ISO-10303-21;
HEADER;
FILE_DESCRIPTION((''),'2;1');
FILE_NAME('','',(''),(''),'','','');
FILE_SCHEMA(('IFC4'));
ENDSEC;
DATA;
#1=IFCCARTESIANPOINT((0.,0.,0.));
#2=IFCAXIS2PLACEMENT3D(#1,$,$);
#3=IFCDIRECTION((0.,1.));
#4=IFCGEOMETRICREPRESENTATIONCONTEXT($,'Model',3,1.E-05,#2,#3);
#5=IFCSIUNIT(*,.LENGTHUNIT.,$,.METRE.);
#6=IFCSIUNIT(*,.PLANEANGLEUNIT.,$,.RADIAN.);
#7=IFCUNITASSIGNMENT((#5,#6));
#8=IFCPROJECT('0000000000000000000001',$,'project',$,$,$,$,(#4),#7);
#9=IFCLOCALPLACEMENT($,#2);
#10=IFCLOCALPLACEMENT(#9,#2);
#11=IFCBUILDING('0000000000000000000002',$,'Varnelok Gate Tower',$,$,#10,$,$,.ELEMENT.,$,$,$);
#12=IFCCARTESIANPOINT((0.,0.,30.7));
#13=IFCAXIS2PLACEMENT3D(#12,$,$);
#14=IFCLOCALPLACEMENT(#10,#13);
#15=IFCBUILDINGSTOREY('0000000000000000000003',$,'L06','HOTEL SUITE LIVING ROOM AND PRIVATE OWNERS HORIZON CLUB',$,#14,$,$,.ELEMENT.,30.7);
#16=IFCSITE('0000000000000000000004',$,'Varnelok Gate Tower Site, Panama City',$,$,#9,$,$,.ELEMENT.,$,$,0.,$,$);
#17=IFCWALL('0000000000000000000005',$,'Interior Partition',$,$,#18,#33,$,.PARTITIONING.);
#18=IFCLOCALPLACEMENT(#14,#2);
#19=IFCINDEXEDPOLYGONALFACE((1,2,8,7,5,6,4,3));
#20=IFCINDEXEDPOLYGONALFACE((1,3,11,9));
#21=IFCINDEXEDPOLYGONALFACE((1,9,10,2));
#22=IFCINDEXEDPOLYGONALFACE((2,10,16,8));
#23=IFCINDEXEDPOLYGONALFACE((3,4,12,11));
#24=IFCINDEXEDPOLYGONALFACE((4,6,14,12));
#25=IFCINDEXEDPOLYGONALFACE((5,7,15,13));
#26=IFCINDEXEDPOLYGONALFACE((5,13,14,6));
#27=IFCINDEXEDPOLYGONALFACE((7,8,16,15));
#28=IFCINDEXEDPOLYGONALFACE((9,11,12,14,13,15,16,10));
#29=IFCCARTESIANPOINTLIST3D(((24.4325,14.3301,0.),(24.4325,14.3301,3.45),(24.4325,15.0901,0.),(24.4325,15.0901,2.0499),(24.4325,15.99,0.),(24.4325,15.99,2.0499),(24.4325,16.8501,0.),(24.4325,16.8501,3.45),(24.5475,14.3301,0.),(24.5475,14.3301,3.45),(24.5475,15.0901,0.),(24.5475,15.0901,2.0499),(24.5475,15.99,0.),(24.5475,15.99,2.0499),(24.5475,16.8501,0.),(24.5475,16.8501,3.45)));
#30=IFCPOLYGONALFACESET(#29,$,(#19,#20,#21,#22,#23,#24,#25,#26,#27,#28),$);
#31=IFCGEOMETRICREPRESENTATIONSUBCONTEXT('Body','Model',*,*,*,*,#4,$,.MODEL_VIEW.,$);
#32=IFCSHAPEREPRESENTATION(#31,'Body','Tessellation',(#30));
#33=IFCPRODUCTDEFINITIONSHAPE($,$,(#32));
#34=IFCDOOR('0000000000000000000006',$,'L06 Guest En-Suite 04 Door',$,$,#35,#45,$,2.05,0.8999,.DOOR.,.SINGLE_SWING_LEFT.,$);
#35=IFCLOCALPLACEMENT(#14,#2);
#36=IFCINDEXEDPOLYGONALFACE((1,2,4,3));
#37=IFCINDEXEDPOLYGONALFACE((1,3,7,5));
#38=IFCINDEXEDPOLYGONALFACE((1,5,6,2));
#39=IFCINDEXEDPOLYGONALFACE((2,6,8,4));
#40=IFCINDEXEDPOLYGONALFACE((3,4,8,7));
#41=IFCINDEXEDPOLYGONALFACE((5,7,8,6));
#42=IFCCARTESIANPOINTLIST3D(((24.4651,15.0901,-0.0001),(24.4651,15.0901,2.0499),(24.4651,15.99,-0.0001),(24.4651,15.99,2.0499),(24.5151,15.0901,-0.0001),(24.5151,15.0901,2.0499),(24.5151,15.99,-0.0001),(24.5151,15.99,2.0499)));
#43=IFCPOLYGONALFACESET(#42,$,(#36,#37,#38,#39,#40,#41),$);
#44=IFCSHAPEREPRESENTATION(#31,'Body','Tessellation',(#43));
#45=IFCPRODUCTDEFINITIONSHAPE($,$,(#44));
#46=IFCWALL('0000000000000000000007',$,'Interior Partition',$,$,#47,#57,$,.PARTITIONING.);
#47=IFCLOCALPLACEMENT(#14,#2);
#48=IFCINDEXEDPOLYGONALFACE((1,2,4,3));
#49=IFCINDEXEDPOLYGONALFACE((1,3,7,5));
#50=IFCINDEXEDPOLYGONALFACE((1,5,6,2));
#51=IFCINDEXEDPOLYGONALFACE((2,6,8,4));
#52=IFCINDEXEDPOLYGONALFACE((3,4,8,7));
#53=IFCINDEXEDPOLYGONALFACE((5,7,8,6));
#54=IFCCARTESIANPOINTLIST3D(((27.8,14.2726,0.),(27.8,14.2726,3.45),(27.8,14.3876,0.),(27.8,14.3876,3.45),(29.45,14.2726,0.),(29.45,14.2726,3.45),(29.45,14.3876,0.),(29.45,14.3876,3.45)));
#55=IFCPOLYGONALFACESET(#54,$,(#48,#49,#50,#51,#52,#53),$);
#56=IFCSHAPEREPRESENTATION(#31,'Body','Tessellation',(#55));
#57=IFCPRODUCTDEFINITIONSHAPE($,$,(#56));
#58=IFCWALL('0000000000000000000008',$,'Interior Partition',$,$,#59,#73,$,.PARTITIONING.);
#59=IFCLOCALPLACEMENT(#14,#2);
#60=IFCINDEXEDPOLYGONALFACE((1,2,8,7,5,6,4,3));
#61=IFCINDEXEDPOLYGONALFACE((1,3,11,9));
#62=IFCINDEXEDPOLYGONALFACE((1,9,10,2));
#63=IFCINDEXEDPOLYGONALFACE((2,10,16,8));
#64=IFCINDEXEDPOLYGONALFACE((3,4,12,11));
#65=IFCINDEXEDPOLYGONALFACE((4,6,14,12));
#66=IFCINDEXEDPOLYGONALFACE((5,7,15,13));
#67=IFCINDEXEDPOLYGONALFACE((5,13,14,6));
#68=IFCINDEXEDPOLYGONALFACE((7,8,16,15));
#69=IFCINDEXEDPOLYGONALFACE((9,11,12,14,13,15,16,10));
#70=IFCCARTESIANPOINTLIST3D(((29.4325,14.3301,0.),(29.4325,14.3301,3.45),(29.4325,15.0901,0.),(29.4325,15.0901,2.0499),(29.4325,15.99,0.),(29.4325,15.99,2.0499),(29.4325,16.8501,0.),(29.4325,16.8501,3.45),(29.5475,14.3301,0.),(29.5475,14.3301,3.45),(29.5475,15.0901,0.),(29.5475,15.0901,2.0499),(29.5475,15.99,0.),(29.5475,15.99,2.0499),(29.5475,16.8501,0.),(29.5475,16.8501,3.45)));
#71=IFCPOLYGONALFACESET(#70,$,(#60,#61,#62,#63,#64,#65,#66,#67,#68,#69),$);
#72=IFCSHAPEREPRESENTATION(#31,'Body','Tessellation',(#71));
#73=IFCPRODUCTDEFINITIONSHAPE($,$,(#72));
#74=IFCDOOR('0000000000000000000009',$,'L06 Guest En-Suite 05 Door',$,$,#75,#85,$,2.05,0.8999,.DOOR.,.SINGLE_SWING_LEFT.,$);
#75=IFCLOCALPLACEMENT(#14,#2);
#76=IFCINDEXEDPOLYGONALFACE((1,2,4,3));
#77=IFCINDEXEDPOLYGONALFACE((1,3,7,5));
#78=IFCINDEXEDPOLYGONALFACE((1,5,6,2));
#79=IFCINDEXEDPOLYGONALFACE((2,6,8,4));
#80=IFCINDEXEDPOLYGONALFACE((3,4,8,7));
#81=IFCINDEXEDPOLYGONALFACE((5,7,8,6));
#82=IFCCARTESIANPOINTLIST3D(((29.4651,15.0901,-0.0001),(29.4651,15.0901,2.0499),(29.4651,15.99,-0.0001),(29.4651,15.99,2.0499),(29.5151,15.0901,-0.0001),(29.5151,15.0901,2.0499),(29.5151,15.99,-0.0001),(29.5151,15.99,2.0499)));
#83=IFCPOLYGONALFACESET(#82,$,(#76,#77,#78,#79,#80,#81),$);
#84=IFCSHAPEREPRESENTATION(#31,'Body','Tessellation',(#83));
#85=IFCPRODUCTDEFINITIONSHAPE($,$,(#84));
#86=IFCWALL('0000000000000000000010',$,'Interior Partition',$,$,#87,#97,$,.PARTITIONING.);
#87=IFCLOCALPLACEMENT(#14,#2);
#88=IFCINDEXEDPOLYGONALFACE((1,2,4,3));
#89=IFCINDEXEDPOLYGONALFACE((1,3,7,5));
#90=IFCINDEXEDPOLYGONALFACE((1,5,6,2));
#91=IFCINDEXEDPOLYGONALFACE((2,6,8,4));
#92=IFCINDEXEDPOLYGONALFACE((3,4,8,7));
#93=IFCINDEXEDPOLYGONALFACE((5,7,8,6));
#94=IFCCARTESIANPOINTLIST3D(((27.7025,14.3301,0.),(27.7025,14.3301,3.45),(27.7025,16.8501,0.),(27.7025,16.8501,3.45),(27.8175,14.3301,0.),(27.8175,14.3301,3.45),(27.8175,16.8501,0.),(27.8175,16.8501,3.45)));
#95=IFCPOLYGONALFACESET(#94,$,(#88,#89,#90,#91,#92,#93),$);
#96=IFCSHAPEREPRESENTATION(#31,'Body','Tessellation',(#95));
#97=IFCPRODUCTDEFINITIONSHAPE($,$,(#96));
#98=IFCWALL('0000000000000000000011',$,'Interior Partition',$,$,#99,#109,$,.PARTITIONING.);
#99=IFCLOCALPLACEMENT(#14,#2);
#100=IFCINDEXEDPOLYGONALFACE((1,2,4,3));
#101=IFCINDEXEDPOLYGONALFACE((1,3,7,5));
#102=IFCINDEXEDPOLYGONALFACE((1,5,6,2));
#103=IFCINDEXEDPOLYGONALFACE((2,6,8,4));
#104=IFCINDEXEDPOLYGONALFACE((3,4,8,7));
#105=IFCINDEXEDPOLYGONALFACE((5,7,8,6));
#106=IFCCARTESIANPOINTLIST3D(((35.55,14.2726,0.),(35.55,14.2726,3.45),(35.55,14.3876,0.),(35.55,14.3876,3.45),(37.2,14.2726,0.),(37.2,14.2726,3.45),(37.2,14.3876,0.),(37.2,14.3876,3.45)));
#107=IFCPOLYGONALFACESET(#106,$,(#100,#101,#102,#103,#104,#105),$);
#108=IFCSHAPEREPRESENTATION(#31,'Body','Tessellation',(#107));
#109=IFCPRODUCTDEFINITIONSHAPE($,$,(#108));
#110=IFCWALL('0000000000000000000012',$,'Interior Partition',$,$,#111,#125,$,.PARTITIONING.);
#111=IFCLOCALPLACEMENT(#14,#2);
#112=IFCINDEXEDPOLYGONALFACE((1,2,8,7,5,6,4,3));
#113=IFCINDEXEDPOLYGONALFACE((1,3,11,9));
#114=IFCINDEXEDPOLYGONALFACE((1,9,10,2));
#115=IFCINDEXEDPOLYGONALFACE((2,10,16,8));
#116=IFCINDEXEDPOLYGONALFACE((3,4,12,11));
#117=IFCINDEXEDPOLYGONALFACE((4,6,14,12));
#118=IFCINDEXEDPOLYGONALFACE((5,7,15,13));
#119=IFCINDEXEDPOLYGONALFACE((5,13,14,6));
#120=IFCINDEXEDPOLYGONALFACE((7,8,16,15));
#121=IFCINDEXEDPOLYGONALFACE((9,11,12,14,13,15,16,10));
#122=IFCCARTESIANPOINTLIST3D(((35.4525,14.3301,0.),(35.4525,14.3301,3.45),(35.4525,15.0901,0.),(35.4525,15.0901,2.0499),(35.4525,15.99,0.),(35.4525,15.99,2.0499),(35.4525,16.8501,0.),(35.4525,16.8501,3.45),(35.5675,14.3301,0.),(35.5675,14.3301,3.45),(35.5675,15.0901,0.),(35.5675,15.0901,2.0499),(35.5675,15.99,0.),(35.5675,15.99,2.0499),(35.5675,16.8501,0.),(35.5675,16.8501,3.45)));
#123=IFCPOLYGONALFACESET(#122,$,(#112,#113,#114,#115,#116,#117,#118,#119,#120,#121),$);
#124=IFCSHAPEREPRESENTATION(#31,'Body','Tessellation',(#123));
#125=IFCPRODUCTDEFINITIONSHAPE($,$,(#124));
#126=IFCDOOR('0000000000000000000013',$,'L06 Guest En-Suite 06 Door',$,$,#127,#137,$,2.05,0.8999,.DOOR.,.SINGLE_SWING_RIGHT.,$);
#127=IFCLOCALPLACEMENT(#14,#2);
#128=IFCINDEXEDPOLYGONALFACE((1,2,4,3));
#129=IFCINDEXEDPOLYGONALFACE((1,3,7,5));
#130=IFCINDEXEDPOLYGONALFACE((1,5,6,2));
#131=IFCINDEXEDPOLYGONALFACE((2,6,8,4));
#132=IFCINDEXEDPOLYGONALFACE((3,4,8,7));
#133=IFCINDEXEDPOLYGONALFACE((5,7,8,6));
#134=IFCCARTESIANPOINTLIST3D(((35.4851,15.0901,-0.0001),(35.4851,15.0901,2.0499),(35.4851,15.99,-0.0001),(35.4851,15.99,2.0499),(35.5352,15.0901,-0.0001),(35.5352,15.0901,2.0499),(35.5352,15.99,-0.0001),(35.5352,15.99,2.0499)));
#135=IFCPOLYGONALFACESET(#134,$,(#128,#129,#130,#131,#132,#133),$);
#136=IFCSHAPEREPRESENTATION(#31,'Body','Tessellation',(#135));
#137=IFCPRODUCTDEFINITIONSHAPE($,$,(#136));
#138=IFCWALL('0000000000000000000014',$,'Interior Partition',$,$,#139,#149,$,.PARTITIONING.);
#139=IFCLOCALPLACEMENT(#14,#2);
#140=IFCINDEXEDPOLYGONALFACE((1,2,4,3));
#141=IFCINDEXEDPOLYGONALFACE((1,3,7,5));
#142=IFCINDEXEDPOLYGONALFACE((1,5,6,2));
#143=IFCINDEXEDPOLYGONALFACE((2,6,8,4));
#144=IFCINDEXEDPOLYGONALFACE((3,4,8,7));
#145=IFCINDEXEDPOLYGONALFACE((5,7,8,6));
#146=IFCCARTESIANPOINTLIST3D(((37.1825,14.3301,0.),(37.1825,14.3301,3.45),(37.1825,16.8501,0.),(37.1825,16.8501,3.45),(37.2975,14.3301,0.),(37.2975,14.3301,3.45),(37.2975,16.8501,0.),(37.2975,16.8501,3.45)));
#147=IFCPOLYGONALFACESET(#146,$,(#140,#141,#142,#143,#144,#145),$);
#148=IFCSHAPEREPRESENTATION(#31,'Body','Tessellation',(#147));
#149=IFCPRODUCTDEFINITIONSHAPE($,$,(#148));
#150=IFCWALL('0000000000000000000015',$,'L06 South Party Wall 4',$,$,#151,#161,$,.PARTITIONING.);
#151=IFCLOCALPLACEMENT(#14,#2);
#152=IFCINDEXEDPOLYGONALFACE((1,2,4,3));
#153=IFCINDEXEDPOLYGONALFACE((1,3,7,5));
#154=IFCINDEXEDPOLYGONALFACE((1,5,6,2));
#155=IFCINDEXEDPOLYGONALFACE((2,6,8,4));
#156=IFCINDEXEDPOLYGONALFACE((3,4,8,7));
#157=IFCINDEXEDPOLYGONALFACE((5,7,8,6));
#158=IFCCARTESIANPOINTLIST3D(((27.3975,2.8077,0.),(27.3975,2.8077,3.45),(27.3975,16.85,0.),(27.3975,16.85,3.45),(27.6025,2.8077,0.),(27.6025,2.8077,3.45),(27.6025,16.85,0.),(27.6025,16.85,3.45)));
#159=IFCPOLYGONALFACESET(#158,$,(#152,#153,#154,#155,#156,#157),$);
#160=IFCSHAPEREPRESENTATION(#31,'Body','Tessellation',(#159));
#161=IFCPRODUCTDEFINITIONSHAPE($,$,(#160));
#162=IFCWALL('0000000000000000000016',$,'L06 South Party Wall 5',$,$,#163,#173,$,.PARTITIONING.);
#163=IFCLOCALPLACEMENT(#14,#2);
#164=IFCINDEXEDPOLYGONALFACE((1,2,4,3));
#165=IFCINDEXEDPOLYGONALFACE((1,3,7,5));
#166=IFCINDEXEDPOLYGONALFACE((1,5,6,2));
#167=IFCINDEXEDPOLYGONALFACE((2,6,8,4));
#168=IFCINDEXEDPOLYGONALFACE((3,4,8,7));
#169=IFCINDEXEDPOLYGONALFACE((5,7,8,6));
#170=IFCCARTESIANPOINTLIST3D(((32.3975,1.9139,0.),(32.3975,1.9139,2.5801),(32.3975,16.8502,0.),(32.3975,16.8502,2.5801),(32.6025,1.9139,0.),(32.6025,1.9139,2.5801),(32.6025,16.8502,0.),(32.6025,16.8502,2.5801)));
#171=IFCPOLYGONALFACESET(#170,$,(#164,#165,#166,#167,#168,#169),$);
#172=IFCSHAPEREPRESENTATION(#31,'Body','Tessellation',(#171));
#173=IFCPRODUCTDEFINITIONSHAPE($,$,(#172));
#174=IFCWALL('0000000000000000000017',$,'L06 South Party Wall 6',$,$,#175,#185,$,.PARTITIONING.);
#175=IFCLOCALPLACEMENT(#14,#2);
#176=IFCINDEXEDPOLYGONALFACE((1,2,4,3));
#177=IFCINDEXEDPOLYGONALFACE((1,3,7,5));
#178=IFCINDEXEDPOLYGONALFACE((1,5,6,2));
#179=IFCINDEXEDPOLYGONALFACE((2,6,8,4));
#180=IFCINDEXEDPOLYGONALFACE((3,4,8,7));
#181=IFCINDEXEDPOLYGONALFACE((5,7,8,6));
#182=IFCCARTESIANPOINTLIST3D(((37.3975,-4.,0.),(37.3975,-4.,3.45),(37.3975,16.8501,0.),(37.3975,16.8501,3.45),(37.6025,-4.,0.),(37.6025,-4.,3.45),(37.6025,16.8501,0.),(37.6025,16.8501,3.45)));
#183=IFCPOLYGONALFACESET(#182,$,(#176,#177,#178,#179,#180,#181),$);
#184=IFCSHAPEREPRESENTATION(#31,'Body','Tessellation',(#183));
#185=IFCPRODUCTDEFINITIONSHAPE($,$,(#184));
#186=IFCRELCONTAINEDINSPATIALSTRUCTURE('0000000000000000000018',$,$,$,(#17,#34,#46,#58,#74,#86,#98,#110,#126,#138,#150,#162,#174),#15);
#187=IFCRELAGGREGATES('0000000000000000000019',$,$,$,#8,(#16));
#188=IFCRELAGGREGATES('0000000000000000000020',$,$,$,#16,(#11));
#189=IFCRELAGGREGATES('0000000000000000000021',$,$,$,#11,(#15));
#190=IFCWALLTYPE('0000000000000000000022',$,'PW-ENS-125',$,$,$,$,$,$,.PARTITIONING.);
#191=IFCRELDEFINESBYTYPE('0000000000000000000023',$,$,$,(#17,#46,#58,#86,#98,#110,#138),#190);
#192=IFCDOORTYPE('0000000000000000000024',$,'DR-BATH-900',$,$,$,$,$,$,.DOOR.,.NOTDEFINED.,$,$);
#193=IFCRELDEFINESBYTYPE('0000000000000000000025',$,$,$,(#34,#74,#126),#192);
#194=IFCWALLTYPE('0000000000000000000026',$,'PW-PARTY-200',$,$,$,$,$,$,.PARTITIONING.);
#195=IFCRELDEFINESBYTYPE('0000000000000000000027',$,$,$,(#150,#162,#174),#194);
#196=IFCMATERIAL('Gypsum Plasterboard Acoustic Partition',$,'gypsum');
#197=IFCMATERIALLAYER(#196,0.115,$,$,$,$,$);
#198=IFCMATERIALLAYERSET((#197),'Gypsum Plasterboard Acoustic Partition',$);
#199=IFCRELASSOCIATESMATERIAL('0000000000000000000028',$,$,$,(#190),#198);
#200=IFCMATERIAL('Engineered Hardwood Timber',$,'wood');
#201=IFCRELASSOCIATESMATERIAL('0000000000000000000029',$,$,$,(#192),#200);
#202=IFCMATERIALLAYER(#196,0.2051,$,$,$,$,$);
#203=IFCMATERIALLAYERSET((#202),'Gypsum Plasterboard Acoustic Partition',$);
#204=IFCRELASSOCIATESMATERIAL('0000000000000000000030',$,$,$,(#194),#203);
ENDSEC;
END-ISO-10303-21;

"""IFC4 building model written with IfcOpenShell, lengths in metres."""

from ifc_helpers import new_model, si_unit, direction, frame, frame_2d, origin, place, context, subcontext, project, spatial, rectangle, extrude, material, layer, layer_set, type_object, element, fill, save


model = new_model("IFC4")

# Units and contexts
model_context = context("Model", 3, precision=1e-05, world=origin(), true_north=direction((0.0, 1.0)))
body_context = subcontext(model_context, "Body", "Model", "MODEL_VIEW")
ifc_project = project(units=[si_unit("LENGTHUNIT", "METRE"), si_unit("PLANEANGLEUNIT", "RADIAN")], contexts=[model_context])

# Site, building, storey
site_placement = place(None, origin())
site = spatial("IfcSite", under=ifc_project, at=site_placement, Name="Varnelok Gate Tower Site, Panama City", CompositionType="ELEMENT", RefElevation=0.0)
building_placement = place(site_placement, origin())
building = spatial("IfcBuilding", under=site, at=building_placement, Name="Varnelok Gate Tower", CompositionType="ELEMENT")
storey_placement = place(building_placement, frame((0.0, 0.0, 30.7)))
storey = spatial("IfcBuildingStorey", under=building, at=storey_placement, Name="L06", Description="HOTEL SUITE LIVING ROOM AND PRIVATE OWNERS HORIZON CLUB", CompositionType="ELEMENT", Elevation=30.7)

# Wall, opening, door
ifc_material_1 = material(Name="Gypsum Plasterboard Acoustic Partition", Category="gypsum")
ifc_material_2 = material(Name="Engineered Hardwood Timber", Category="wood")
ifc_layer_1 = layer(ifc_material_1, 0.115)
ifc_layer_set_1 = layer_set([ifc_layer_1], Name="Gypsum Plasterboard Acoustic Partition")
wall_type_1 = type_object("IfcWallType", Name="PW-ENS-125", PredefinedType="PARTITIONING", material=ifc_layer_set_1)
wall_1_placement = place(storey_placement, frame((24.49, 14.3301, 0.0), z_axis=(0.0, 0.0, 1.0), x_axis=(0.0, 1.0, 0.0)))
wall_1 = element("IfcWall", 1, at=wall_1_placement, inside=storey, type_object=wall_type_1, Name="Interior Partition", PredefinedType="PARTITIONING", context=body_context, shape_type="SweptSolid", body=[
    extrude(rectangle(XDim=2.52, YDim=0.115, at=frame_2d((1.26, 0.0))), origin(), (0.0, 0.0, 1.0), 3.45),
])
opening_1_placement = place(wall_1_placement, frame((0.76, 0.0, 0.0)))
opening_1 = element("IfcOpeningElement", 2, at=opening_1_placement, cuts=wall_1, PredefinedType="OPENING", context=body_context, shape_type="SweptSolid", body=[
    extrude(rectangle(XDim=0.8999, YDim=2.05, at=frame_2d((0.45, 1.0249))), frame((0.0, 0.0674, 0.0), z_axis=(0.0, -1.0, 0.0), x_axis=(1.0, 0.0, 0.0)), (0.0, 0.0, 1.0), 0.135),
])
door_type_1 = type_object("IfcDoorType", Name="DR-BATH-900", OperationType="NOTDEFINED", PredefinedType="DOOR", material=ifc_material_2)
door_1_placement = place(opening_1_placement, origin())
door_1 = element("IfcDoor", 3, at=door_1_placement, inside=storey, type_object=door_type_1, Name="L06 Guest En-Suite 04 Door", OperationType="SINGLE_SWING_LEFT", OverallHeight=2.05, OverallWidth=0.8999, PredefinedType="DOOR", context=body_context, shape_type="SweptSolid", body=[
    extrude(rectangle(XDim=0.8999, YDim=2.05, at=frame_2d((0.45, 1.0249))), frame((0.0, 0.0249, 0.0), z_axis=(0.0, -1.0, 0.0), x_axis=(1.0, 0.0, 0.0)), (0.0, 0.0, 1.0), 0.05),
])
fill(opening_1, door_1)

# Wall
wall_2_placement = place(storey_placement, frame((27.8, 14.3301, 0.0), z_axis=(0.0, 0.0, 1.0), x_axis=(1.0, 0.0, 0.0)))
element("IfcWall", 4, at=wall_2_placement, inside=storey, type_object=wall_type_1, Name="Interior Partition", PredefinedType="PARTITIONING", context=body_context, shape_type="SweptSolid", body=[
    extrude(rectangle(XDim=1.6499, YDim=0.115, at=frame_2d((0.825, 0.0))), origin(), (0.0, 0.0, 1.0), 3.45),
])

# Wall, opening, door
wall_3_placement = place(storey_placement, frame((29.49, 14.3301, 0.0), z_axis=(0.0, 0.0, 1.0), x_axis=(0.0, 1.0, 0.0)))
wall_3 = element("IfcWall", 5, at=wall_3_placement, inside=storey, type_object=wall_type_1, Name="Interior Partition", PredefinedType="PARTITIONING", context=body_context, shape_type="SweptSolid", body=[
    extrude(rectangle(XDim=2.52, YDim=0.115, at=frame_2d((1.26, 0.0))), origin(), (0.0, 0.0, 1.0), 3.45),
])
opening_2_placement = place(wall_3_placement, frame((0.76, 0.0, 0.0)))
opening_2 = element("IfcOpeningElement", 6, at=opening_2_placement, cuts=wall_3, PredefinedType="OPENING", context=body_context, shape_type="SweptSolid", body=[
    extrude(rectangle(XDim=0.8999, YDim=2.05, at=frame_2d((0.45, 1.0249))), frame((0.0, 0.0674, 0.0), z_axis=(0.0, -1.0, 0.0), x_axis=(1.0, 0.0, 0.0)), (0.0, 0.0, 1.0), 0.135),
])
door_2_placement = place(opening_2_placement, origin())
door_2 = element("IfcDoor", 7, at=door_2_placement, inside=storey, type_object=door_type_1, Name="L06 Guest En-Suite 05 Door", OperationType="SINGLE_SWING_LEFT", OverallHeight=2.05, OverallWidth=0.8999, PredefinedType="DOOR", context=body_context, shape_type="SweptSolid", body=[
    extrude(rectangle(XDim=0.8999, YDim=2.05, at=frame_2d((0.45, 1.0249))), frame((0.0, 0.0249, 0.0), z_axis=(0.0, -1.0, 0.0), x_axis=(1.0, 0.0, 0.0)), (0.0, 0.0, 1.0), 0.05),
])
fill(opening_2, door_2)

# Walls
wall_4_placement = place(storey_placement, frame((27.76, 14.3301, 0.0), z_axis=(0.0, 0.0, 1.0), x_axis=(0.0, 1.0, 0.0)))
element("IfcWall", 8, at=wall_4_placement, inside=storey, type_object=wall_type_1, Name="Interior Partition", PredefinedType="PARTITIONING", context=body_context, shape_type="SweptSolid", body=[
    extrude(rectangle(XDim=2.52, YDim=0.115, at=frame_2d((1.26, 0.0))), origin(), (0.0, 0.0, 1.0), 3.45),
])
wall_5_placement = place(storey_placement, frame((35.55, 14.3301, 0.0), z_axis=(0.0, 0.0, 1.0), x_axis=(1.0, 0.0, 0.0)))
element("IfcWall", 9, at=wall_5_placement, inside=storey, type_object=wall_type_1, Name="Interior Partition", PredefinedType="PARTITIONING", context=body_context, shape_type="SweptSolid", body=[
    extrude(rectangle(XDim=1.6499, YDim=0.115, at=frame_2d((0.825, 0.0))), origin(), (0.0, 0.0, 1.0), 3.45),
])

# Wall, opening, door
wall_6_placement = place(storey_placement, frame((35.51, 14.3301, 0.0), z_axis=(0.0, 0.0, 1.0), x_axis=(0.0, 1.0, 0.0)))
wall_6 = element("IfcWall", 10, at=wall_6_placement, inside=storey, type_object=wall_type_1, Name="Interior Partition", PredefinedType="PARTITIONING", context=body_context, shape_type="SweptSolid", body=[
    extrude(rectangle(XDim=2.52, YDim=0.115, at=frame_2d((1.26, 0.0))), origin(), (0.0, 0.0, 1.0), 3.45),
])
opening_3_placement = place(wall_6_placement, frame((0.76, 0.0, 0.0)))
opening_3 = element("IfcOpeningElement", 11, at=opening_3_placement, cuts=wall_6, PredefinedType="OPENING", context=body_context, shape_type="SweptSolid", body=[
    extrude(rectangle(XDim=0.8999, YDim=2.05, at=frame_2d((0.45, 1.0249))), frame((0.0, 0.0674, 0.0), z_axis=(0.0, -1.0, 0.0), x_axis=(1.0, 0.0, 0.0)), (0.0, 0.0, 1.0), 0.135),
])
door_3_placement = place(opening_3_placement, origin())
door_3 = element("IfcDoor", 12, at=door_3_placement, inside=storey, type_object=door_type_1, Name="L06 Guest En-Suite 06 Door", OperationType="SINGLE_SWING_RIGHT", OverallHeight=2.05, OverallWidth=0.8999, PredefinedType="DOOR", context=body_context, shape_type="SweptSolid", body=[
    extrude(rectangle(XDim=0.8999, YDim=2.05, at=frame_2d((0.45, 1.0249))), frame((0.0, 0.0249, 0.0), z_axis=(0.0, -1.0, 0.0), x_axis=(1.0, 0.0, 0.0)), (0.0, 0.0, 1.0), 0.05),
])
fill(opening_3, door_3)

# Walls
wall_7_placement = place(storey_placement, frame((37.24, 14.3301, 0.0), z_axis=(0.0, 0.0, 1.0), x_axis=(0.0, 1.0, 0.0)))
element("IfcWall", 13, at=wall_7_placement, inside=storey, type_object=wall_type_1, Name="Interior Partition", PredefinedType="PARTITIONING", context=body_context, shape_type="SweptSolid", body=[
    extrude(rectangle(XDim=2.52, YDim=0.115, at=frame_2d((1.26, 0.0))), origin(), (0.0, 0.0, 1.0), 3.45),
])
ifc_layer_2 = layer(ifc_material_1, 0.2051)
ifc_layer_set_2 = layer_set([ifc_layer_2], Name="Gypsum Plasterboard Acoustic Partition")
wall_type_2 = type_object("IfcWallType", Name="PW-PARTY-200", PredefinedType="PARTITIONING", material=ifc_layer_set_2)
wall_8_placement = place(storey_placement, frame((27.5, 2.8079, 0.0), z_axis=(0.0, 0.0, 1.0), x_axis=(0.0, 1.0, 0.0)))
element("IfcWall", 14, at=wall_8_placement, inside=storey, type_object=wall_type_2, Name="L06 South Party Wall 4", PredefinedType="PARTITIONING", context=body_context, shape_type="SweptSolid", body=[
    extrude(rectangle(XDim=14.0422, YDim=0.2051, at=frame_2d((7.021, 0.0))), origin(), (0.0, 0.0, 1.0), 3.45),
])
wall_9_placement = place(storey_placement, frame((32.5, 1.9138, 0.0), z_axis=(0.0, 0.0, 1.0), x_axis=(0.0, 1.0, 0.0)))
element("IfcWall", 15, at=wall_9_placement, inside=storey, type_object=wall_type_2, Name="L06 South Party Wall 5", PredefinedType="PARTITIONING", context=body_context, shape_type="SweptSolid", body=[
    extrude(rectangle(XDim=14.9363, YDim=0.2051, at=frame_2d((7.4683, 0.0))), origin(), (0.0, 0.0, 1.0), 2.5801),
])
wall_10_placement = place(storey_placement, frame((37.5, -4.0, 0.0), z_axis=(0.0, 0.0, 1.0), x_axis=(0.0, 1.0, 0.0)))
element("IfcWall", 16, at=wall_10_placement, inside=storey, type_object=wall_type_2, Name="L06 South Party Wall 6", PredefinedType="PARTITIONING", context=body_context, shape_type="SweptSolid", body=[
    extrude(rectangle(XDim=20.8501, YDim=0.2051, at=frame_2d((10.425, 0.0))), origin(), (0.0, 0.0, 1.0), 3.45),
])

save(model, "model.ifc")
